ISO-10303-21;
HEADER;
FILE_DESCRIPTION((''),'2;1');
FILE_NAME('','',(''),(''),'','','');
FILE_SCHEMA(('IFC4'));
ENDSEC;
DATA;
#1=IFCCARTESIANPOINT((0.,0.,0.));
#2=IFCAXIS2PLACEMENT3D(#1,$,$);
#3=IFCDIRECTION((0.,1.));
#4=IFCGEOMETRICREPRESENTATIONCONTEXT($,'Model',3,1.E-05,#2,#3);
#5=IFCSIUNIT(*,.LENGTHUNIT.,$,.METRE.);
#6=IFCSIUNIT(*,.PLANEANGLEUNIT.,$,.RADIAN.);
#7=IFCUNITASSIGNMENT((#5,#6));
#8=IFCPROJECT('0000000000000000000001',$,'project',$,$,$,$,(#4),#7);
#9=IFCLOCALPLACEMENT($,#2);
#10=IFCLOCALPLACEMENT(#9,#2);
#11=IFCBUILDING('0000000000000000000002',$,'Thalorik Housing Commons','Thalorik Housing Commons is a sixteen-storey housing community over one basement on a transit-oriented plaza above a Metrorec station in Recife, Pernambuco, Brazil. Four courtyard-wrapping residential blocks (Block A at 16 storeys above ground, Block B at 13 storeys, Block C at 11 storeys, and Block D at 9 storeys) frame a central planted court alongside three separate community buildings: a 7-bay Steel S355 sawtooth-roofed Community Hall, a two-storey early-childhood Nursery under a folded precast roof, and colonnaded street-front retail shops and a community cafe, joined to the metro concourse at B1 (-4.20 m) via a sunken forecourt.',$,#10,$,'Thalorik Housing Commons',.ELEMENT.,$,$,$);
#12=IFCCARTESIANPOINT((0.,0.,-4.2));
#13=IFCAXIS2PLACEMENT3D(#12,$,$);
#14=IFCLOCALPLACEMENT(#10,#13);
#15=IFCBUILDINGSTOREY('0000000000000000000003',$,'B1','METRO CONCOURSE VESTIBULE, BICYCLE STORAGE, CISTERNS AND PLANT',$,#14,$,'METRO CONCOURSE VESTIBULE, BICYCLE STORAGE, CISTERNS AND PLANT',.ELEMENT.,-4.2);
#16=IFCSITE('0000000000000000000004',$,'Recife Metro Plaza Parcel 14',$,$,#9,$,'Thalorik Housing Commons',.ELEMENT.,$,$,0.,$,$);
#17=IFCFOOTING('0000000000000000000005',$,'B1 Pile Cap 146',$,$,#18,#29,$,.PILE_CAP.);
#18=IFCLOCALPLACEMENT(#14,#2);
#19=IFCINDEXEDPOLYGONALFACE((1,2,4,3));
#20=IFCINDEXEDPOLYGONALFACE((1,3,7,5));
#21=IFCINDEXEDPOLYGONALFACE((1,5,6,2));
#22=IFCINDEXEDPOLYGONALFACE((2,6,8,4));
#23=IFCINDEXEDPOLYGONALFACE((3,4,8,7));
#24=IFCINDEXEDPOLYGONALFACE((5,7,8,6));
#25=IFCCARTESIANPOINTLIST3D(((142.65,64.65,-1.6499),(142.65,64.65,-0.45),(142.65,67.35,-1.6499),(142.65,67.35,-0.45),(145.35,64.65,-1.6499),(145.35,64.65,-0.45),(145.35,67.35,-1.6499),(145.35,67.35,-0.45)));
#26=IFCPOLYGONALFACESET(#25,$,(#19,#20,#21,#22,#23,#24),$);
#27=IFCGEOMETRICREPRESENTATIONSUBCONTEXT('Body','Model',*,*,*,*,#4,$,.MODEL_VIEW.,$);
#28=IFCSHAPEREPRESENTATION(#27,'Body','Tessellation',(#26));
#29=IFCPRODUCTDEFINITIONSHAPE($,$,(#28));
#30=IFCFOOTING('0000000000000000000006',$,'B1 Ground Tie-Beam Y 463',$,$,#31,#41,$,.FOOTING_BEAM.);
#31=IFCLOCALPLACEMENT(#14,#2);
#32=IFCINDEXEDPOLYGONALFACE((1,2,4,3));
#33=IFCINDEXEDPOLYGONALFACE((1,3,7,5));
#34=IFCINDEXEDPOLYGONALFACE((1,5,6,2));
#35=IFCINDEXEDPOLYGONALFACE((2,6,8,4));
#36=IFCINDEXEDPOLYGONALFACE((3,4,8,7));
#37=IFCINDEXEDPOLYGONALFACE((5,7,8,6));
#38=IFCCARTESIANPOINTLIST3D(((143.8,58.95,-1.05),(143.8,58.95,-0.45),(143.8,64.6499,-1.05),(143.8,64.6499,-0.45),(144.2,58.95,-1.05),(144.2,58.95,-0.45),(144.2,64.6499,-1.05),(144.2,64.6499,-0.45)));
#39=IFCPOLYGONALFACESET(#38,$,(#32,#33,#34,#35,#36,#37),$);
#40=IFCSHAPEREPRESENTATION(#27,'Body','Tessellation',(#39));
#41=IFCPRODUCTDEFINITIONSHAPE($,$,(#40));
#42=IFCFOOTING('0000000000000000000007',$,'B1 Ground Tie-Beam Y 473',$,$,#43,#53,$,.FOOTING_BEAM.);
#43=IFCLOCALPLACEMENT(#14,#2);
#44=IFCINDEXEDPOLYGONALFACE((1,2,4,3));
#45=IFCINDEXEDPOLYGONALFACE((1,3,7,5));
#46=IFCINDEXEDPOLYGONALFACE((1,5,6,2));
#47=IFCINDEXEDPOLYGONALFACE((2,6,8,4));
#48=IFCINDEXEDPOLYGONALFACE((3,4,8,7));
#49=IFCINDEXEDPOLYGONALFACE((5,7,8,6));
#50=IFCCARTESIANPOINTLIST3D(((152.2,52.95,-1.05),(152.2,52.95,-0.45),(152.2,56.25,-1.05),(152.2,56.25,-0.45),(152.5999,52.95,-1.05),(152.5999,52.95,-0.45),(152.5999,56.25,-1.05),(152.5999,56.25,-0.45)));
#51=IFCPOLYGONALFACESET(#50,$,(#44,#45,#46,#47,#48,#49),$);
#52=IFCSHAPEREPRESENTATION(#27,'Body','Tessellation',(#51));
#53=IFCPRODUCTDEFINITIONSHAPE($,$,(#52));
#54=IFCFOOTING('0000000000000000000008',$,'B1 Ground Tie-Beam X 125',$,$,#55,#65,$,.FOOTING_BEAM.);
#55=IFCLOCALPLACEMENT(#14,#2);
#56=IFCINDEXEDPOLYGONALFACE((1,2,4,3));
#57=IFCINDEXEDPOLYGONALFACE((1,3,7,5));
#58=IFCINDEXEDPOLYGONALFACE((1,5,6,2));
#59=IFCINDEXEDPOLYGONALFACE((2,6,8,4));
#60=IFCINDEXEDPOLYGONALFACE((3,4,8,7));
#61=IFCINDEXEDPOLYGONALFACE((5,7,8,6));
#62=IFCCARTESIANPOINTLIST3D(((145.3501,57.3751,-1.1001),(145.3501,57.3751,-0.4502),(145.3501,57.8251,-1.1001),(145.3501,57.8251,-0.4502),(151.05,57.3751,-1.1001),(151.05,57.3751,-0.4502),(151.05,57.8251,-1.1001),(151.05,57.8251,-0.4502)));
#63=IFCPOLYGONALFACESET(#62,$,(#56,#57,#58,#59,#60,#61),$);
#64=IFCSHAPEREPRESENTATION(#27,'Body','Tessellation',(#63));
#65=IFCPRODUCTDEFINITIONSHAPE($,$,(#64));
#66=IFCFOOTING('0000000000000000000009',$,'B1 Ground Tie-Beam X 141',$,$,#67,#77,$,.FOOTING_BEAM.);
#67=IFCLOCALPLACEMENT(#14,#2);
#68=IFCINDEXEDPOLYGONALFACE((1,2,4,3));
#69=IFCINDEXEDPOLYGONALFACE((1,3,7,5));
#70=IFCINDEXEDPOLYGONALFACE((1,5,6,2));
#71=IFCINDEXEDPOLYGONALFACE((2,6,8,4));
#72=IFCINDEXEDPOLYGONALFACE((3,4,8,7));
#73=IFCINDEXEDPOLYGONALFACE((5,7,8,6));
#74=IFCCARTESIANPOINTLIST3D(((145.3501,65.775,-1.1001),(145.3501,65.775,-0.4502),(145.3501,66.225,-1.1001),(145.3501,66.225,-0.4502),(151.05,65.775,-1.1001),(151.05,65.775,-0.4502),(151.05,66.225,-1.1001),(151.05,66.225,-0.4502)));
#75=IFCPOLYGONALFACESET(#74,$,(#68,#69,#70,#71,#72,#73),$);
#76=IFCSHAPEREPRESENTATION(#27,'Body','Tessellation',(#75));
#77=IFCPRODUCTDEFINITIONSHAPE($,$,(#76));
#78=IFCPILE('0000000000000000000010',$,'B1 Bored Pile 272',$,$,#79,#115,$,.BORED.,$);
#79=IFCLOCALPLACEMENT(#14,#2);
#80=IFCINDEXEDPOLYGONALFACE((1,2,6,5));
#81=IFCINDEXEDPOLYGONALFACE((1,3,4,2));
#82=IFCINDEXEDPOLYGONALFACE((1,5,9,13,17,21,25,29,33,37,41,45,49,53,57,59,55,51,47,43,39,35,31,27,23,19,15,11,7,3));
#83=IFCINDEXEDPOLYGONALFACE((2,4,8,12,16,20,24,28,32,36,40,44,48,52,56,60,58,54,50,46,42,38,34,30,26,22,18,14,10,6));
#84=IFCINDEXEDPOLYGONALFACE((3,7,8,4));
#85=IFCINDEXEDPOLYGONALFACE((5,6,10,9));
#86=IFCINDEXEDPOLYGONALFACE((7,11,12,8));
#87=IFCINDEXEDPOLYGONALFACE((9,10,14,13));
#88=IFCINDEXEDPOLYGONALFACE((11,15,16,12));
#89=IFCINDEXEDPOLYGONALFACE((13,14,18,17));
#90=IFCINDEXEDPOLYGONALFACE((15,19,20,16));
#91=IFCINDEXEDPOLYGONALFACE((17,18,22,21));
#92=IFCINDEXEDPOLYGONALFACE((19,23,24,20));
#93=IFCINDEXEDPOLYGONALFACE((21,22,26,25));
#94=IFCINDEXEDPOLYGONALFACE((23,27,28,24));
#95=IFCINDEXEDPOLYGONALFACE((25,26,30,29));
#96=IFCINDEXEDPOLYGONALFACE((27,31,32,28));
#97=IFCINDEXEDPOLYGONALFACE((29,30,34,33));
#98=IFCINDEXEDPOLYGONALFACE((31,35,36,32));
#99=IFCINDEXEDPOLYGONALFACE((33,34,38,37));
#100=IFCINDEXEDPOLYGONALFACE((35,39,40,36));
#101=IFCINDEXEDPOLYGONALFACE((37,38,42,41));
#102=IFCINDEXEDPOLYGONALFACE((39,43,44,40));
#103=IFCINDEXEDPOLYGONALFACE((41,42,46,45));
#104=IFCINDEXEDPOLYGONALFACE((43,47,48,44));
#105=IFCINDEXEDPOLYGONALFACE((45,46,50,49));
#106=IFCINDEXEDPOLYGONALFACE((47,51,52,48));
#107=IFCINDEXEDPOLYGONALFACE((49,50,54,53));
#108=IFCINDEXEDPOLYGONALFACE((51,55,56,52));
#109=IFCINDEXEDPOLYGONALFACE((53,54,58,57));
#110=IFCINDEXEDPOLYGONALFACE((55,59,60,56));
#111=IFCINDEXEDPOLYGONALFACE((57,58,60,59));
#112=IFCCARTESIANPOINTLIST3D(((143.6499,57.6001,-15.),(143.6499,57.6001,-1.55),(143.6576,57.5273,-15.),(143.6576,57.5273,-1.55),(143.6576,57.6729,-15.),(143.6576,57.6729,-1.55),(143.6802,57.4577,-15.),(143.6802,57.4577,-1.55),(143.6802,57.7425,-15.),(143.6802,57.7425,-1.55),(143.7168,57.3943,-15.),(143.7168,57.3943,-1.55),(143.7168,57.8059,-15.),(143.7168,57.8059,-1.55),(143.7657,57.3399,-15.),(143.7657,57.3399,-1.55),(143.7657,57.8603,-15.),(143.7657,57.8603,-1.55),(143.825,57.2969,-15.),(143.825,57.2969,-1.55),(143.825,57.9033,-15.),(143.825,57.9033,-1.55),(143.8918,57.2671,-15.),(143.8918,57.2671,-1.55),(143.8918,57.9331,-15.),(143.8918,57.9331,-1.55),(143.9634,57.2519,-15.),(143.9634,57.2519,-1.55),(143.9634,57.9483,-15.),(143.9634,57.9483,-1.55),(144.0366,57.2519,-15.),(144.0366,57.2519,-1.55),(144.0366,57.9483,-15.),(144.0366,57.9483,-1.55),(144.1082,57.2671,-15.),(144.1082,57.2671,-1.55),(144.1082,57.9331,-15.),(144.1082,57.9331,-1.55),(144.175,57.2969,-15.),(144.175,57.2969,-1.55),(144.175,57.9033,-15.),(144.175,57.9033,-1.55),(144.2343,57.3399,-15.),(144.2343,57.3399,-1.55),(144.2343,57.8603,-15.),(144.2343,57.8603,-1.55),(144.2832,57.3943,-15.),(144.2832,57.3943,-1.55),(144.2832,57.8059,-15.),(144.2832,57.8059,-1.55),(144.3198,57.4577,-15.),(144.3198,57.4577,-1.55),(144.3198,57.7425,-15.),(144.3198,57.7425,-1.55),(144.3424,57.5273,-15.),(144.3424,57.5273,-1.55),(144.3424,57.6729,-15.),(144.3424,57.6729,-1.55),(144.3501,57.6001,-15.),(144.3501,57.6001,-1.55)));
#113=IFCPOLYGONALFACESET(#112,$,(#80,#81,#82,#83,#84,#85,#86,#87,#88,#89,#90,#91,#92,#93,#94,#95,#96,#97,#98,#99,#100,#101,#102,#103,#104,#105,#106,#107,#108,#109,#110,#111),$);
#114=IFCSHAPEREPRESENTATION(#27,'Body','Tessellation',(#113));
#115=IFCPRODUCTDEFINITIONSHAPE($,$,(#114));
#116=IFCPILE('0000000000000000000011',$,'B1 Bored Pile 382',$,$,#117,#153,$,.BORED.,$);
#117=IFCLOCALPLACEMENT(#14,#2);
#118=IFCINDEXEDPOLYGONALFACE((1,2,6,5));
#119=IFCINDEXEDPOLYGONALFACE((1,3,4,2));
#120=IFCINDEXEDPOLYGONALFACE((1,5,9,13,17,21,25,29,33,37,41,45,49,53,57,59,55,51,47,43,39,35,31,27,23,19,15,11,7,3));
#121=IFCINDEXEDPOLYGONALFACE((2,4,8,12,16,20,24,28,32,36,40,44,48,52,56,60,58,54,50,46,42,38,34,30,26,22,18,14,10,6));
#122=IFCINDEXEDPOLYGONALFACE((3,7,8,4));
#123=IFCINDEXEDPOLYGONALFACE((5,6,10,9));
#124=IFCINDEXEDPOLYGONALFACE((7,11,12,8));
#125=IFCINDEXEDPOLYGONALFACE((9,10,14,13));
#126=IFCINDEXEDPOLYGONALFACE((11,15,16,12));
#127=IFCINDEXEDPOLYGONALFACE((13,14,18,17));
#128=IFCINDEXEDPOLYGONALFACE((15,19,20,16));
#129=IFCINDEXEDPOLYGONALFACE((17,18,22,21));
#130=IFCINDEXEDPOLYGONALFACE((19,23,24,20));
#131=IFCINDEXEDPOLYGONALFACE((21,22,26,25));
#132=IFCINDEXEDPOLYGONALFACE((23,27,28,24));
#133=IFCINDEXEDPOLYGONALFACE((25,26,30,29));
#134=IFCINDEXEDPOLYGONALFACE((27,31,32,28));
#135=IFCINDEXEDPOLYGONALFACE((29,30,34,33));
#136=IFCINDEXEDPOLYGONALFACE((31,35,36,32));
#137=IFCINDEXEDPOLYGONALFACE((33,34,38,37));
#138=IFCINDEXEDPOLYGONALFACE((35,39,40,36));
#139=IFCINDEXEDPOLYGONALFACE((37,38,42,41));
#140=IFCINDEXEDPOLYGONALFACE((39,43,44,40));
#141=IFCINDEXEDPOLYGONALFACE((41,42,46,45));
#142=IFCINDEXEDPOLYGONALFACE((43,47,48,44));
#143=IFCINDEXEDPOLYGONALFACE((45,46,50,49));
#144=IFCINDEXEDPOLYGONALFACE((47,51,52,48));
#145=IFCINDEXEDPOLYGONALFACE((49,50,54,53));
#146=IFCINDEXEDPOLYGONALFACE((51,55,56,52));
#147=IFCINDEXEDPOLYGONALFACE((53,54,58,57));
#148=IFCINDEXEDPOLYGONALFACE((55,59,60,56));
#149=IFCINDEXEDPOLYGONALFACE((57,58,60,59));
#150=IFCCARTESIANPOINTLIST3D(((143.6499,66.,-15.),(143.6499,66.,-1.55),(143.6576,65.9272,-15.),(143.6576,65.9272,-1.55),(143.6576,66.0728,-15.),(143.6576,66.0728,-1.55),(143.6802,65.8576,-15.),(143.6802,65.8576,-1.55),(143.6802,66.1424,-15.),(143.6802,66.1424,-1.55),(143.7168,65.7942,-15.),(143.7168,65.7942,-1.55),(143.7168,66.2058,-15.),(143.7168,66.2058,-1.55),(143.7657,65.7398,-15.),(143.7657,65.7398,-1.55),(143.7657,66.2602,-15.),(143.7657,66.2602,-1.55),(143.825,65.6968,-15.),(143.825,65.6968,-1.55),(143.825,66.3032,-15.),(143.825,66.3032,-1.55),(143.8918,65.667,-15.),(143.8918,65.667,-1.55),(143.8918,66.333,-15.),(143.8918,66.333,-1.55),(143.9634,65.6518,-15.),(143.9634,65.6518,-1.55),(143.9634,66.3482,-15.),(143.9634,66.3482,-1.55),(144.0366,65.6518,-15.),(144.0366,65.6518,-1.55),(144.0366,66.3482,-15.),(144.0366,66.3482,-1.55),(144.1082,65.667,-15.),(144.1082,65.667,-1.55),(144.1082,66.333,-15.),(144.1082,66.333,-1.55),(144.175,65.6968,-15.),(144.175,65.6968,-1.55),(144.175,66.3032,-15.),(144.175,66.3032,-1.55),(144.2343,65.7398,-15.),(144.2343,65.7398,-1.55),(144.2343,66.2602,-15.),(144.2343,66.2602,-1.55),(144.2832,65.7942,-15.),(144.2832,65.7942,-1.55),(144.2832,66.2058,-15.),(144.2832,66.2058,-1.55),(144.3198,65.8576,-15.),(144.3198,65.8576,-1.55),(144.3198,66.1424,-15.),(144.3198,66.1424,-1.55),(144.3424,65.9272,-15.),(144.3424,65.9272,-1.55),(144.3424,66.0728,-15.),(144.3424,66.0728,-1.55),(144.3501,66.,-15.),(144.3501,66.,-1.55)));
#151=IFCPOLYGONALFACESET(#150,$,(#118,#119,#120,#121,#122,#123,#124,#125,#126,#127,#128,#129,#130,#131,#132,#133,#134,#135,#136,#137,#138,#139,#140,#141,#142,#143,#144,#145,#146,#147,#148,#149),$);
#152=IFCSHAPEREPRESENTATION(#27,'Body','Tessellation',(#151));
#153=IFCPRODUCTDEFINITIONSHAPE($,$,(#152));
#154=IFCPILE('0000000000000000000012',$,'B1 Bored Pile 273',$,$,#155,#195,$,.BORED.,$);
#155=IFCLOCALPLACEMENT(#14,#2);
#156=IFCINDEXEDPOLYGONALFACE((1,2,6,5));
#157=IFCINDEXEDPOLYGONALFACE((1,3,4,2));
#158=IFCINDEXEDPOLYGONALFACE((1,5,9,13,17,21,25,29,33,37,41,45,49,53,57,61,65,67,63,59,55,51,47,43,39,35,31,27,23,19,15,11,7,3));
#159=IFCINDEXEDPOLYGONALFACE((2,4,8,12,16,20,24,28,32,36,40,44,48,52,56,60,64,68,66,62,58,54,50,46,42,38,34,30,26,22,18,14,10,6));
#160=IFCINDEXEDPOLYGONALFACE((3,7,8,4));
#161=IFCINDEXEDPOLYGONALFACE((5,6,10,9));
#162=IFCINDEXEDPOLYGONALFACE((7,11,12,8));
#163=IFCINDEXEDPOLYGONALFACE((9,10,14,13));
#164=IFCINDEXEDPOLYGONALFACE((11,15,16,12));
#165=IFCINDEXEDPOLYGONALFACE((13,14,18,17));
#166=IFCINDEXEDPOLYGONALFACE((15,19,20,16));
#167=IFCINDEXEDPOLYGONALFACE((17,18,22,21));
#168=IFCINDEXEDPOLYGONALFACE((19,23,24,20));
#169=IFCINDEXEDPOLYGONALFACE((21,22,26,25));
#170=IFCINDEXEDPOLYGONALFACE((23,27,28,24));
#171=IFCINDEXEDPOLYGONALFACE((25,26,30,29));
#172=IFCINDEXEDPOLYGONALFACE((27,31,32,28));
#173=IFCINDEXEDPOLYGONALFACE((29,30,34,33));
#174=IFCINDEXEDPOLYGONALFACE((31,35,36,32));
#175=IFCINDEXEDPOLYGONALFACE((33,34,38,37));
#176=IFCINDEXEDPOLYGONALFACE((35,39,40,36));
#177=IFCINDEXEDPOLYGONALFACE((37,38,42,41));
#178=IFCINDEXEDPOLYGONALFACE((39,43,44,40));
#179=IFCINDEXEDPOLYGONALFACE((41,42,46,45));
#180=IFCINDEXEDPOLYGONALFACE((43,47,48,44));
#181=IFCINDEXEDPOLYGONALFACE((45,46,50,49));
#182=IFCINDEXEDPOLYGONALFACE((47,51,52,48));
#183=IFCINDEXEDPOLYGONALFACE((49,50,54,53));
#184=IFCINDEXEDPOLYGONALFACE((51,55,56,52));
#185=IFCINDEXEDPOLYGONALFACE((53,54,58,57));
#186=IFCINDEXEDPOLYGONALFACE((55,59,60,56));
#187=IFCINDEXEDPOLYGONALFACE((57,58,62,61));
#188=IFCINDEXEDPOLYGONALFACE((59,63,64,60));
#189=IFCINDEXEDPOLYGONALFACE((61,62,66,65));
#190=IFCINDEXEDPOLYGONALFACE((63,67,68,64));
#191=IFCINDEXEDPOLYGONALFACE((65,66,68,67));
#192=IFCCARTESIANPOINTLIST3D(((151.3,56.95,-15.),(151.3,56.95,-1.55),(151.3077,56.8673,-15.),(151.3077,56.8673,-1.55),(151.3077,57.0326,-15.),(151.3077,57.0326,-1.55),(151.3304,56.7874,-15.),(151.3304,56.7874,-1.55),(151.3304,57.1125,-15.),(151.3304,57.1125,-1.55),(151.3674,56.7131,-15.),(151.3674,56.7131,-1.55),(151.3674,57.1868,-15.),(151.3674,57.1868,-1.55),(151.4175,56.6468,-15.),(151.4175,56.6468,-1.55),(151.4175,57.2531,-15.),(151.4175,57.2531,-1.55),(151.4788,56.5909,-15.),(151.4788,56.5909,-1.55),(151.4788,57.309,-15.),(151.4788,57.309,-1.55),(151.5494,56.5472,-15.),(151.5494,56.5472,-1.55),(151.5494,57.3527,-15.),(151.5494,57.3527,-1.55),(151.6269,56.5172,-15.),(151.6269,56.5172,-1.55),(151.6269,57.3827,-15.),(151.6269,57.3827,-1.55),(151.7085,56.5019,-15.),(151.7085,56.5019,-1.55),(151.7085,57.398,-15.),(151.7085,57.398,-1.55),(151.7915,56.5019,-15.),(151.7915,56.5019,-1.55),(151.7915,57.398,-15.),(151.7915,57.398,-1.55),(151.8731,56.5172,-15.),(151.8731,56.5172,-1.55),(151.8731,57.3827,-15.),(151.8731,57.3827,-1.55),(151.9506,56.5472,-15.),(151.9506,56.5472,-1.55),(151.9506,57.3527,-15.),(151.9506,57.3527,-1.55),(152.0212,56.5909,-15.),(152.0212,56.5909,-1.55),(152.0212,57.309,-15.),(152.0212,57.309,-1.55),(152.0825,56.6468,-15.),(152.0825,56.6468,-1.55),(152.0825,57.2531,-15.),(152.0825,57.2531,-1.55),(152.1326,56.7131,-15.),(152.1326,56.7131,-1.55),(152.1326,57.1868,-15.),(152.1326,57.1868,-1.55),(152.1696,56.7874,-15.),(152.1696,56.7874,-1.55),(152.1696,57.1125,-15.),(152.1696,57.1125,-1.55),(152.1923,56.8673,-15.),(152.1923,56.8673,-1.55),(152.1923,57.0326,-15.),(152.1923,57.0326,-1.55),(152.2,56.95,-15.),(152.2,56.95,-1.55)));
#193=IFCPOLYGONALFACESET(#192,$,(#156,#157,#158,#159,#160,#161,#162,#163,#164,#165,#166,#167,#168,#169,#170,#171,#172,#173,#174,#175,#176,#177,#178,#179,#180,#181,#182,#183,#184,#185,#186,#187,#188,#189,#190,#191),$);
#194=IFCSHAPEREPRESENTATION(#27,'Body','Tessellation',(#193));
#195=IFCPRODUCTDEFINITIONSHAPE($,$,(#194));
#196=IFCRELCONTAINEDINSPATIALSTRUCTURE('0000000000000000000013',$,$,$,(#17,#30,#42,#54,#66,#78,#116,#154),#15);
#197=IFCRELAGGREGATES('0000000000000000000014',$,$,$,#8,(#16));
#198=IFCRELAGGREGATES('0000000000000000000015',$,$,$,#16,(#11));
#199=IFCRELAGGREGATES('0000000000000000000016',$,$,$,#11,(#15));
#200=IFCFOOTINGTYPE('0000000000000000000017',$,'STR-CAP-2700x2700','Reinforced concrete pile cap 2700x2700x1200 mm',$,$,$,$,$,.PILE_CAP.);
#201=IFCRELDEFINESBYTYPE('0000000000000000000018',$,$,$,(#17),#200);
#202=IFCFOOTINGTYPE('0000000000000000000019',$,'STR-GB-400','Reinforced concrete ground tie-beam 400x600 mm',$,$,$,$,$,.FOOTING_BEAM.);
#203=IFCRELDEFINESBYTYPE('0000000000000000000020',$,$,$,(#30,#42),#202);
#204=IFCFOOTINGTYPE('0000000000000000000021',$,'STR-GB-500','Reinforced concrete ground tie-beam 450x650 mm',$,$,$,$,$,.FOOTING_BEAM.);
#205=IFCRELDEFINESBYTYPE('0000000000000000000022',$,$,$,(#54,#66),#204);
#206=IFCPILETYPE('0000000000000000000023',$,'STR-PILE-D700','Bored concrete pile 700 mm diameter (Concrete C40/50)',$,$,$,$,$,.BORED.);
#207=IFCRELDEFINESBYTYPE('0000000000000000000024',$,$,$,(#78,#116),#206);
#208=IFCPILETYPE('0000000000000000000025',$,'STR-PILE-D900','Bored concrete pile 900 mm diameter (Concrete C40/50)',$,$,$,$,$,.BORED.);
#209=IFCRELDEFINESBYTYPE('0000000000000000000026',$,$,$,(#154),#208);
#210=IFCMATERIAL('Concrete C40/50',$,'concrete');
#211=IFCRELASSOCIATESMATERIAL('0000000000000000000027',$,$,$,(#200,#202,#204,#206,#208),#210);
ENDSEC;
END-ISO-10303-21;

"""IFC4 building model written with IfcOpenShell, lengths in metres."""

from ifc_helpers import new_model, si_unit, direction, frame, origin, origin_2d, place, context, subcontext, project, spatial, rectangle, circle, extrude, material, material_profile, profile_set, type_object, element, save


model = new_model("IFC4")

# Units and contexts
model_context = context("Model", 3, precision=1e-05, world=origin(), true_north=direction((0.0, 1.0)))
body_context = subcontext(model_context, "Body", "Model", "MODEL_VIEW")
ifc_project = project(units=[si_unit("LENGTHUNIT", "METRE"), si_unit("PLANEANGLEUNIT", "RADIAN")], contexts=[model_context])

# Site, building, storey
site_placement = place(None, origin())
site = spatial("IfcSite", under=ifc_project, at=site_placement, Name="Recife Metro Plaza Parcel 14", LongName="Thalorik Housing Commons", CompositionType="ELEMENT", RefElevation=0.0)
building_placement = place(site_placement, origin())
building = spatial("IfcBuilding", under=site, at=building_placement, Name="Thalorik Housing Commons", Description="Thalorik Housing Commons is a sixteen-storey housing community over one basement on a transit-oriented plaza above a Metrorec station in Recife, Pernambuco, Brazil. Four courtyard-wrapping residential blocks (Block A at 16 storeys above ground, Block B at 13 storeys, Block C at 11 storeys, and Block D at 9 storeys) frame a central planted court alongside three separate community buildings: a 7-bay Steel S355 sawtooth-roofed Community Hall, a two-storey early-childhood Nursery under a folded precast roof, and colonnaded street-front retail shops and a community cafe, joined to the metro concourse at B1 (-4.20 m) via a sunken forecourt.", LongName="Thalorik Housing Commons", CompositionType="ELEMENT")
storey_placement = place(building_placement, frame((0.0, 0.0, -4.2)))
storey = spatial("IfcBuildingStorey", under=building, at=storey_placement, Name="B1", Description="METRO CONCOURSE VESTIBULE, BICYCLE STORAGE, CISTERNS AND PLANT", LongName="METRO CONCOURSE VESTIBULE, BICYCLE STORAGE, CISTERNS AND PLANT", CompositionType="ELEMENT", Elevation=-4.2)

# Footings
ifc_material_1 = material(Name="Concrete C40/50", Category="concrete")
footing_type_1 = type_object("IfcFootingType", Name="STR-CAP-2700x2700", Description="Reinforced concrete pile cap 2700x2700x1200 mm", PredefinedType="PILE_CAP", material=ifc_material_1)
footing_1_placement = place(storey_placement, frame((144.0, 66.0, -1.6499), z_axis=(0.0, 0.0, 1.0), x_axis=(1.0, 0.0, 0.0)))
element("IfcFooting", 1, at=footing_1_placement, inside=storey, type_object=footing_type_1, Name="B1 Pile Cap 146", PredefinedType="PILE_CAP", context=body_context, shape_type="SweptSolid", body=[
    extrude(rectangle(XDim=2.7, YDim=2.7, at=origin_2d()), origin(), (0.0, 0.0, 1.0), 1.2),
])
ifc_material_profile_1 = material_profile(ifc_material_1, rectangle(XDim=0.3999, YDim=0.6001, at=origin_2d()), Name="RC 400x600", Category="concrete")
ifc_profile_set_1 = profile_set([ifc_material_profile_1], Name="Concrete C40/50")
footing_type_2 = type_object("IfcFootingType", Name="STR-GB-400", Description="Reinforced concrete ground tie-beam 400x600 mm", PredefinedType="FOOTING_BEAM", material=ifc_profile_set_1)
footing_2_placement = place(storey_placement, frame((144.0, 58.95, -0.75), z_axis=(0.0, 1.0, 0.0), x_axis=(-1.0, 0.0, 0.0)))
element("IfcFooting", 2, at=footing_2_placement, inside=storey, type_object=footing_type_2, Name="B1 Ground Tie-Beam Y 463", PredefinedType="FOOTING_BEAM", context=body_context, shape_type="SweptSolid", body=[
    extrude(rectangle(XDim=0.3999, YDim=0.6001, at=origin_2d()), origin(), (0.0, 0.0, 1.0), 5.7),
])
footing_3_placement = place(storey_placement, frame((152.3999, 52.95, -0.75), z_axis=(0.0, 1.0, 0.0), x_axis=(-1.0, 0.0, 0.0)))
element("IfcFooting", 3, at=footing_3_placement, inside=storey, type_object=footing_type_2, Name="B1 Ground Tie-Beam Y 473", PredefinedType="FOOTING_BEAM", context=body_context, shape_type="SweptSolid", body=[
    extrude(rectangle(XDim=0.3999, YDim=0.6001, at=origin_2d()), origin(), (0.0, 0.0, 1.0), 3.3),
])
ifc_material_profile_2 = material_profile(ifc_material_1, rectangle(XDim=0.45, YDim=0.6499, at=origin_2d()), Name="RC 450x650", Category="concrete")
ifc_profile_set_2 = profile_set([ifc_material_profile_2], Name="Concrete C40/50")
footing_type_3 = type_object("IfcFootingType", Name="STR-GB-500", Description="Reinforced concrete ground tie-beam 450x650 mm", PredefinedType="FOOTING_BEAM", material=ifc_profile_set_2)
for number, where, z_axis, x_axis, name in (
    (4, (145.3501, 57.6001, -0.7751), (1.0, 0.0, 0.0), (0.0, 1.0, 0.0), "B1 Ground Tie-Beam X 125"),
    (5, (145.3501, 66.0, -0.7751), (1.0, 0.0, 0.0), (0.0, 1.0, 0.0), "B1 Ground Tie-Beam X 141"),
):
    element("IfcFooting", number, at=place(storey_placement, frame(where, z_axis=z_axis, x_axis=x_axis)), inside=storey, type_object=footing_type_3, Name=name, PredefinedType="FOOTING_BEAM", context=body_context, shape_type="SweptSolid", body=[
        extrude(rectangle(XDim=0.45, YDim=0.6499, at=origin_2d()), origin(), (0.0, 0.0, 1.0), 5.7),
    ])

# Piles
ifc_material_profile_3 = material_profile(ifc_material_1, circle(Radius=0.3501, at=origin_2d()), Name="BORED PILE D700", Category="concrete")
ifc_profile_set_3 = profile_set([ifc_material_profile_3], Name="Concrete C40/50")
pile_type_1 = type_object("IfcPileType", Name="STR-PILE-D700", Description="Bored concrete pile 700 mm diameter (Concrete C40/50)", PredefinedType="BORED", material=ifc_profile_set_3)
for number, where, z_axis, x_axis, name in (
    (6, (144.0, 57.6001, -1.55), (0.0, 0.0, -1.0), (1.0, 0.0, 0.0), "B1 Bored Pile 272"),
    (7, (144.0, 66.0, -1.55), (0.0, 0.0, -1.0), (1.0, 0.0, 0.0), "B1 Bored Pile 382"),
):
    element("IfcPile", number, at=place(storey_placement, frame(where, z_axis=z_axis, x_axis=x_axis)), inside=storey, type_object=pile_type_1, Name=name, PredefinedType="BORED", context=body_context, shape_type="SweptSolid", body=[
        extrude(circle(Radius=0.3501, at=origin_2d()), origin(), (0.0, 0.0, 1.0), 13.45),
    ])
ifc_material_profile_4 = material_profile(ifc_material_1, circle(Radius=0.45, at=origin_2d()), Name="BORED PILE D900", Category="concrete")
ifc_profile_set_4 = profile_set([ifc_material_profile_4], Name="Concrete C40/50")
pile_type_2 = type_object("IfcPileType", Name="STR-PILE-D900", Description="Bored concrete pile 900 mm diameter (Concrete C40/50)", PredefinedType="BORED", material=ifc_profile_set_4)
for number, where, z_axis, x_axis, name in (
    (8, (151.75, 56.95, -1.55), (0.0, 0.0, -1.0), (1.0, 0.0, 0.0), "B1 Bored Pile 273"),
):
    element("IfcPile", number, at=place(storey_placement, frame(where, z_axis=z_axis, x_axis=x_axis)), inside=storey, type_object=pile_type_2, Name=name, PredefinedType="BORED", context=body_context, shape_type="SweptSolid", body=[
        extrude(circle(Radius=0.45, at=origin_2d()), origin(), (0.0, 0.0, 1.0), 13.45),
    ])

save(model, "model.ifc")
